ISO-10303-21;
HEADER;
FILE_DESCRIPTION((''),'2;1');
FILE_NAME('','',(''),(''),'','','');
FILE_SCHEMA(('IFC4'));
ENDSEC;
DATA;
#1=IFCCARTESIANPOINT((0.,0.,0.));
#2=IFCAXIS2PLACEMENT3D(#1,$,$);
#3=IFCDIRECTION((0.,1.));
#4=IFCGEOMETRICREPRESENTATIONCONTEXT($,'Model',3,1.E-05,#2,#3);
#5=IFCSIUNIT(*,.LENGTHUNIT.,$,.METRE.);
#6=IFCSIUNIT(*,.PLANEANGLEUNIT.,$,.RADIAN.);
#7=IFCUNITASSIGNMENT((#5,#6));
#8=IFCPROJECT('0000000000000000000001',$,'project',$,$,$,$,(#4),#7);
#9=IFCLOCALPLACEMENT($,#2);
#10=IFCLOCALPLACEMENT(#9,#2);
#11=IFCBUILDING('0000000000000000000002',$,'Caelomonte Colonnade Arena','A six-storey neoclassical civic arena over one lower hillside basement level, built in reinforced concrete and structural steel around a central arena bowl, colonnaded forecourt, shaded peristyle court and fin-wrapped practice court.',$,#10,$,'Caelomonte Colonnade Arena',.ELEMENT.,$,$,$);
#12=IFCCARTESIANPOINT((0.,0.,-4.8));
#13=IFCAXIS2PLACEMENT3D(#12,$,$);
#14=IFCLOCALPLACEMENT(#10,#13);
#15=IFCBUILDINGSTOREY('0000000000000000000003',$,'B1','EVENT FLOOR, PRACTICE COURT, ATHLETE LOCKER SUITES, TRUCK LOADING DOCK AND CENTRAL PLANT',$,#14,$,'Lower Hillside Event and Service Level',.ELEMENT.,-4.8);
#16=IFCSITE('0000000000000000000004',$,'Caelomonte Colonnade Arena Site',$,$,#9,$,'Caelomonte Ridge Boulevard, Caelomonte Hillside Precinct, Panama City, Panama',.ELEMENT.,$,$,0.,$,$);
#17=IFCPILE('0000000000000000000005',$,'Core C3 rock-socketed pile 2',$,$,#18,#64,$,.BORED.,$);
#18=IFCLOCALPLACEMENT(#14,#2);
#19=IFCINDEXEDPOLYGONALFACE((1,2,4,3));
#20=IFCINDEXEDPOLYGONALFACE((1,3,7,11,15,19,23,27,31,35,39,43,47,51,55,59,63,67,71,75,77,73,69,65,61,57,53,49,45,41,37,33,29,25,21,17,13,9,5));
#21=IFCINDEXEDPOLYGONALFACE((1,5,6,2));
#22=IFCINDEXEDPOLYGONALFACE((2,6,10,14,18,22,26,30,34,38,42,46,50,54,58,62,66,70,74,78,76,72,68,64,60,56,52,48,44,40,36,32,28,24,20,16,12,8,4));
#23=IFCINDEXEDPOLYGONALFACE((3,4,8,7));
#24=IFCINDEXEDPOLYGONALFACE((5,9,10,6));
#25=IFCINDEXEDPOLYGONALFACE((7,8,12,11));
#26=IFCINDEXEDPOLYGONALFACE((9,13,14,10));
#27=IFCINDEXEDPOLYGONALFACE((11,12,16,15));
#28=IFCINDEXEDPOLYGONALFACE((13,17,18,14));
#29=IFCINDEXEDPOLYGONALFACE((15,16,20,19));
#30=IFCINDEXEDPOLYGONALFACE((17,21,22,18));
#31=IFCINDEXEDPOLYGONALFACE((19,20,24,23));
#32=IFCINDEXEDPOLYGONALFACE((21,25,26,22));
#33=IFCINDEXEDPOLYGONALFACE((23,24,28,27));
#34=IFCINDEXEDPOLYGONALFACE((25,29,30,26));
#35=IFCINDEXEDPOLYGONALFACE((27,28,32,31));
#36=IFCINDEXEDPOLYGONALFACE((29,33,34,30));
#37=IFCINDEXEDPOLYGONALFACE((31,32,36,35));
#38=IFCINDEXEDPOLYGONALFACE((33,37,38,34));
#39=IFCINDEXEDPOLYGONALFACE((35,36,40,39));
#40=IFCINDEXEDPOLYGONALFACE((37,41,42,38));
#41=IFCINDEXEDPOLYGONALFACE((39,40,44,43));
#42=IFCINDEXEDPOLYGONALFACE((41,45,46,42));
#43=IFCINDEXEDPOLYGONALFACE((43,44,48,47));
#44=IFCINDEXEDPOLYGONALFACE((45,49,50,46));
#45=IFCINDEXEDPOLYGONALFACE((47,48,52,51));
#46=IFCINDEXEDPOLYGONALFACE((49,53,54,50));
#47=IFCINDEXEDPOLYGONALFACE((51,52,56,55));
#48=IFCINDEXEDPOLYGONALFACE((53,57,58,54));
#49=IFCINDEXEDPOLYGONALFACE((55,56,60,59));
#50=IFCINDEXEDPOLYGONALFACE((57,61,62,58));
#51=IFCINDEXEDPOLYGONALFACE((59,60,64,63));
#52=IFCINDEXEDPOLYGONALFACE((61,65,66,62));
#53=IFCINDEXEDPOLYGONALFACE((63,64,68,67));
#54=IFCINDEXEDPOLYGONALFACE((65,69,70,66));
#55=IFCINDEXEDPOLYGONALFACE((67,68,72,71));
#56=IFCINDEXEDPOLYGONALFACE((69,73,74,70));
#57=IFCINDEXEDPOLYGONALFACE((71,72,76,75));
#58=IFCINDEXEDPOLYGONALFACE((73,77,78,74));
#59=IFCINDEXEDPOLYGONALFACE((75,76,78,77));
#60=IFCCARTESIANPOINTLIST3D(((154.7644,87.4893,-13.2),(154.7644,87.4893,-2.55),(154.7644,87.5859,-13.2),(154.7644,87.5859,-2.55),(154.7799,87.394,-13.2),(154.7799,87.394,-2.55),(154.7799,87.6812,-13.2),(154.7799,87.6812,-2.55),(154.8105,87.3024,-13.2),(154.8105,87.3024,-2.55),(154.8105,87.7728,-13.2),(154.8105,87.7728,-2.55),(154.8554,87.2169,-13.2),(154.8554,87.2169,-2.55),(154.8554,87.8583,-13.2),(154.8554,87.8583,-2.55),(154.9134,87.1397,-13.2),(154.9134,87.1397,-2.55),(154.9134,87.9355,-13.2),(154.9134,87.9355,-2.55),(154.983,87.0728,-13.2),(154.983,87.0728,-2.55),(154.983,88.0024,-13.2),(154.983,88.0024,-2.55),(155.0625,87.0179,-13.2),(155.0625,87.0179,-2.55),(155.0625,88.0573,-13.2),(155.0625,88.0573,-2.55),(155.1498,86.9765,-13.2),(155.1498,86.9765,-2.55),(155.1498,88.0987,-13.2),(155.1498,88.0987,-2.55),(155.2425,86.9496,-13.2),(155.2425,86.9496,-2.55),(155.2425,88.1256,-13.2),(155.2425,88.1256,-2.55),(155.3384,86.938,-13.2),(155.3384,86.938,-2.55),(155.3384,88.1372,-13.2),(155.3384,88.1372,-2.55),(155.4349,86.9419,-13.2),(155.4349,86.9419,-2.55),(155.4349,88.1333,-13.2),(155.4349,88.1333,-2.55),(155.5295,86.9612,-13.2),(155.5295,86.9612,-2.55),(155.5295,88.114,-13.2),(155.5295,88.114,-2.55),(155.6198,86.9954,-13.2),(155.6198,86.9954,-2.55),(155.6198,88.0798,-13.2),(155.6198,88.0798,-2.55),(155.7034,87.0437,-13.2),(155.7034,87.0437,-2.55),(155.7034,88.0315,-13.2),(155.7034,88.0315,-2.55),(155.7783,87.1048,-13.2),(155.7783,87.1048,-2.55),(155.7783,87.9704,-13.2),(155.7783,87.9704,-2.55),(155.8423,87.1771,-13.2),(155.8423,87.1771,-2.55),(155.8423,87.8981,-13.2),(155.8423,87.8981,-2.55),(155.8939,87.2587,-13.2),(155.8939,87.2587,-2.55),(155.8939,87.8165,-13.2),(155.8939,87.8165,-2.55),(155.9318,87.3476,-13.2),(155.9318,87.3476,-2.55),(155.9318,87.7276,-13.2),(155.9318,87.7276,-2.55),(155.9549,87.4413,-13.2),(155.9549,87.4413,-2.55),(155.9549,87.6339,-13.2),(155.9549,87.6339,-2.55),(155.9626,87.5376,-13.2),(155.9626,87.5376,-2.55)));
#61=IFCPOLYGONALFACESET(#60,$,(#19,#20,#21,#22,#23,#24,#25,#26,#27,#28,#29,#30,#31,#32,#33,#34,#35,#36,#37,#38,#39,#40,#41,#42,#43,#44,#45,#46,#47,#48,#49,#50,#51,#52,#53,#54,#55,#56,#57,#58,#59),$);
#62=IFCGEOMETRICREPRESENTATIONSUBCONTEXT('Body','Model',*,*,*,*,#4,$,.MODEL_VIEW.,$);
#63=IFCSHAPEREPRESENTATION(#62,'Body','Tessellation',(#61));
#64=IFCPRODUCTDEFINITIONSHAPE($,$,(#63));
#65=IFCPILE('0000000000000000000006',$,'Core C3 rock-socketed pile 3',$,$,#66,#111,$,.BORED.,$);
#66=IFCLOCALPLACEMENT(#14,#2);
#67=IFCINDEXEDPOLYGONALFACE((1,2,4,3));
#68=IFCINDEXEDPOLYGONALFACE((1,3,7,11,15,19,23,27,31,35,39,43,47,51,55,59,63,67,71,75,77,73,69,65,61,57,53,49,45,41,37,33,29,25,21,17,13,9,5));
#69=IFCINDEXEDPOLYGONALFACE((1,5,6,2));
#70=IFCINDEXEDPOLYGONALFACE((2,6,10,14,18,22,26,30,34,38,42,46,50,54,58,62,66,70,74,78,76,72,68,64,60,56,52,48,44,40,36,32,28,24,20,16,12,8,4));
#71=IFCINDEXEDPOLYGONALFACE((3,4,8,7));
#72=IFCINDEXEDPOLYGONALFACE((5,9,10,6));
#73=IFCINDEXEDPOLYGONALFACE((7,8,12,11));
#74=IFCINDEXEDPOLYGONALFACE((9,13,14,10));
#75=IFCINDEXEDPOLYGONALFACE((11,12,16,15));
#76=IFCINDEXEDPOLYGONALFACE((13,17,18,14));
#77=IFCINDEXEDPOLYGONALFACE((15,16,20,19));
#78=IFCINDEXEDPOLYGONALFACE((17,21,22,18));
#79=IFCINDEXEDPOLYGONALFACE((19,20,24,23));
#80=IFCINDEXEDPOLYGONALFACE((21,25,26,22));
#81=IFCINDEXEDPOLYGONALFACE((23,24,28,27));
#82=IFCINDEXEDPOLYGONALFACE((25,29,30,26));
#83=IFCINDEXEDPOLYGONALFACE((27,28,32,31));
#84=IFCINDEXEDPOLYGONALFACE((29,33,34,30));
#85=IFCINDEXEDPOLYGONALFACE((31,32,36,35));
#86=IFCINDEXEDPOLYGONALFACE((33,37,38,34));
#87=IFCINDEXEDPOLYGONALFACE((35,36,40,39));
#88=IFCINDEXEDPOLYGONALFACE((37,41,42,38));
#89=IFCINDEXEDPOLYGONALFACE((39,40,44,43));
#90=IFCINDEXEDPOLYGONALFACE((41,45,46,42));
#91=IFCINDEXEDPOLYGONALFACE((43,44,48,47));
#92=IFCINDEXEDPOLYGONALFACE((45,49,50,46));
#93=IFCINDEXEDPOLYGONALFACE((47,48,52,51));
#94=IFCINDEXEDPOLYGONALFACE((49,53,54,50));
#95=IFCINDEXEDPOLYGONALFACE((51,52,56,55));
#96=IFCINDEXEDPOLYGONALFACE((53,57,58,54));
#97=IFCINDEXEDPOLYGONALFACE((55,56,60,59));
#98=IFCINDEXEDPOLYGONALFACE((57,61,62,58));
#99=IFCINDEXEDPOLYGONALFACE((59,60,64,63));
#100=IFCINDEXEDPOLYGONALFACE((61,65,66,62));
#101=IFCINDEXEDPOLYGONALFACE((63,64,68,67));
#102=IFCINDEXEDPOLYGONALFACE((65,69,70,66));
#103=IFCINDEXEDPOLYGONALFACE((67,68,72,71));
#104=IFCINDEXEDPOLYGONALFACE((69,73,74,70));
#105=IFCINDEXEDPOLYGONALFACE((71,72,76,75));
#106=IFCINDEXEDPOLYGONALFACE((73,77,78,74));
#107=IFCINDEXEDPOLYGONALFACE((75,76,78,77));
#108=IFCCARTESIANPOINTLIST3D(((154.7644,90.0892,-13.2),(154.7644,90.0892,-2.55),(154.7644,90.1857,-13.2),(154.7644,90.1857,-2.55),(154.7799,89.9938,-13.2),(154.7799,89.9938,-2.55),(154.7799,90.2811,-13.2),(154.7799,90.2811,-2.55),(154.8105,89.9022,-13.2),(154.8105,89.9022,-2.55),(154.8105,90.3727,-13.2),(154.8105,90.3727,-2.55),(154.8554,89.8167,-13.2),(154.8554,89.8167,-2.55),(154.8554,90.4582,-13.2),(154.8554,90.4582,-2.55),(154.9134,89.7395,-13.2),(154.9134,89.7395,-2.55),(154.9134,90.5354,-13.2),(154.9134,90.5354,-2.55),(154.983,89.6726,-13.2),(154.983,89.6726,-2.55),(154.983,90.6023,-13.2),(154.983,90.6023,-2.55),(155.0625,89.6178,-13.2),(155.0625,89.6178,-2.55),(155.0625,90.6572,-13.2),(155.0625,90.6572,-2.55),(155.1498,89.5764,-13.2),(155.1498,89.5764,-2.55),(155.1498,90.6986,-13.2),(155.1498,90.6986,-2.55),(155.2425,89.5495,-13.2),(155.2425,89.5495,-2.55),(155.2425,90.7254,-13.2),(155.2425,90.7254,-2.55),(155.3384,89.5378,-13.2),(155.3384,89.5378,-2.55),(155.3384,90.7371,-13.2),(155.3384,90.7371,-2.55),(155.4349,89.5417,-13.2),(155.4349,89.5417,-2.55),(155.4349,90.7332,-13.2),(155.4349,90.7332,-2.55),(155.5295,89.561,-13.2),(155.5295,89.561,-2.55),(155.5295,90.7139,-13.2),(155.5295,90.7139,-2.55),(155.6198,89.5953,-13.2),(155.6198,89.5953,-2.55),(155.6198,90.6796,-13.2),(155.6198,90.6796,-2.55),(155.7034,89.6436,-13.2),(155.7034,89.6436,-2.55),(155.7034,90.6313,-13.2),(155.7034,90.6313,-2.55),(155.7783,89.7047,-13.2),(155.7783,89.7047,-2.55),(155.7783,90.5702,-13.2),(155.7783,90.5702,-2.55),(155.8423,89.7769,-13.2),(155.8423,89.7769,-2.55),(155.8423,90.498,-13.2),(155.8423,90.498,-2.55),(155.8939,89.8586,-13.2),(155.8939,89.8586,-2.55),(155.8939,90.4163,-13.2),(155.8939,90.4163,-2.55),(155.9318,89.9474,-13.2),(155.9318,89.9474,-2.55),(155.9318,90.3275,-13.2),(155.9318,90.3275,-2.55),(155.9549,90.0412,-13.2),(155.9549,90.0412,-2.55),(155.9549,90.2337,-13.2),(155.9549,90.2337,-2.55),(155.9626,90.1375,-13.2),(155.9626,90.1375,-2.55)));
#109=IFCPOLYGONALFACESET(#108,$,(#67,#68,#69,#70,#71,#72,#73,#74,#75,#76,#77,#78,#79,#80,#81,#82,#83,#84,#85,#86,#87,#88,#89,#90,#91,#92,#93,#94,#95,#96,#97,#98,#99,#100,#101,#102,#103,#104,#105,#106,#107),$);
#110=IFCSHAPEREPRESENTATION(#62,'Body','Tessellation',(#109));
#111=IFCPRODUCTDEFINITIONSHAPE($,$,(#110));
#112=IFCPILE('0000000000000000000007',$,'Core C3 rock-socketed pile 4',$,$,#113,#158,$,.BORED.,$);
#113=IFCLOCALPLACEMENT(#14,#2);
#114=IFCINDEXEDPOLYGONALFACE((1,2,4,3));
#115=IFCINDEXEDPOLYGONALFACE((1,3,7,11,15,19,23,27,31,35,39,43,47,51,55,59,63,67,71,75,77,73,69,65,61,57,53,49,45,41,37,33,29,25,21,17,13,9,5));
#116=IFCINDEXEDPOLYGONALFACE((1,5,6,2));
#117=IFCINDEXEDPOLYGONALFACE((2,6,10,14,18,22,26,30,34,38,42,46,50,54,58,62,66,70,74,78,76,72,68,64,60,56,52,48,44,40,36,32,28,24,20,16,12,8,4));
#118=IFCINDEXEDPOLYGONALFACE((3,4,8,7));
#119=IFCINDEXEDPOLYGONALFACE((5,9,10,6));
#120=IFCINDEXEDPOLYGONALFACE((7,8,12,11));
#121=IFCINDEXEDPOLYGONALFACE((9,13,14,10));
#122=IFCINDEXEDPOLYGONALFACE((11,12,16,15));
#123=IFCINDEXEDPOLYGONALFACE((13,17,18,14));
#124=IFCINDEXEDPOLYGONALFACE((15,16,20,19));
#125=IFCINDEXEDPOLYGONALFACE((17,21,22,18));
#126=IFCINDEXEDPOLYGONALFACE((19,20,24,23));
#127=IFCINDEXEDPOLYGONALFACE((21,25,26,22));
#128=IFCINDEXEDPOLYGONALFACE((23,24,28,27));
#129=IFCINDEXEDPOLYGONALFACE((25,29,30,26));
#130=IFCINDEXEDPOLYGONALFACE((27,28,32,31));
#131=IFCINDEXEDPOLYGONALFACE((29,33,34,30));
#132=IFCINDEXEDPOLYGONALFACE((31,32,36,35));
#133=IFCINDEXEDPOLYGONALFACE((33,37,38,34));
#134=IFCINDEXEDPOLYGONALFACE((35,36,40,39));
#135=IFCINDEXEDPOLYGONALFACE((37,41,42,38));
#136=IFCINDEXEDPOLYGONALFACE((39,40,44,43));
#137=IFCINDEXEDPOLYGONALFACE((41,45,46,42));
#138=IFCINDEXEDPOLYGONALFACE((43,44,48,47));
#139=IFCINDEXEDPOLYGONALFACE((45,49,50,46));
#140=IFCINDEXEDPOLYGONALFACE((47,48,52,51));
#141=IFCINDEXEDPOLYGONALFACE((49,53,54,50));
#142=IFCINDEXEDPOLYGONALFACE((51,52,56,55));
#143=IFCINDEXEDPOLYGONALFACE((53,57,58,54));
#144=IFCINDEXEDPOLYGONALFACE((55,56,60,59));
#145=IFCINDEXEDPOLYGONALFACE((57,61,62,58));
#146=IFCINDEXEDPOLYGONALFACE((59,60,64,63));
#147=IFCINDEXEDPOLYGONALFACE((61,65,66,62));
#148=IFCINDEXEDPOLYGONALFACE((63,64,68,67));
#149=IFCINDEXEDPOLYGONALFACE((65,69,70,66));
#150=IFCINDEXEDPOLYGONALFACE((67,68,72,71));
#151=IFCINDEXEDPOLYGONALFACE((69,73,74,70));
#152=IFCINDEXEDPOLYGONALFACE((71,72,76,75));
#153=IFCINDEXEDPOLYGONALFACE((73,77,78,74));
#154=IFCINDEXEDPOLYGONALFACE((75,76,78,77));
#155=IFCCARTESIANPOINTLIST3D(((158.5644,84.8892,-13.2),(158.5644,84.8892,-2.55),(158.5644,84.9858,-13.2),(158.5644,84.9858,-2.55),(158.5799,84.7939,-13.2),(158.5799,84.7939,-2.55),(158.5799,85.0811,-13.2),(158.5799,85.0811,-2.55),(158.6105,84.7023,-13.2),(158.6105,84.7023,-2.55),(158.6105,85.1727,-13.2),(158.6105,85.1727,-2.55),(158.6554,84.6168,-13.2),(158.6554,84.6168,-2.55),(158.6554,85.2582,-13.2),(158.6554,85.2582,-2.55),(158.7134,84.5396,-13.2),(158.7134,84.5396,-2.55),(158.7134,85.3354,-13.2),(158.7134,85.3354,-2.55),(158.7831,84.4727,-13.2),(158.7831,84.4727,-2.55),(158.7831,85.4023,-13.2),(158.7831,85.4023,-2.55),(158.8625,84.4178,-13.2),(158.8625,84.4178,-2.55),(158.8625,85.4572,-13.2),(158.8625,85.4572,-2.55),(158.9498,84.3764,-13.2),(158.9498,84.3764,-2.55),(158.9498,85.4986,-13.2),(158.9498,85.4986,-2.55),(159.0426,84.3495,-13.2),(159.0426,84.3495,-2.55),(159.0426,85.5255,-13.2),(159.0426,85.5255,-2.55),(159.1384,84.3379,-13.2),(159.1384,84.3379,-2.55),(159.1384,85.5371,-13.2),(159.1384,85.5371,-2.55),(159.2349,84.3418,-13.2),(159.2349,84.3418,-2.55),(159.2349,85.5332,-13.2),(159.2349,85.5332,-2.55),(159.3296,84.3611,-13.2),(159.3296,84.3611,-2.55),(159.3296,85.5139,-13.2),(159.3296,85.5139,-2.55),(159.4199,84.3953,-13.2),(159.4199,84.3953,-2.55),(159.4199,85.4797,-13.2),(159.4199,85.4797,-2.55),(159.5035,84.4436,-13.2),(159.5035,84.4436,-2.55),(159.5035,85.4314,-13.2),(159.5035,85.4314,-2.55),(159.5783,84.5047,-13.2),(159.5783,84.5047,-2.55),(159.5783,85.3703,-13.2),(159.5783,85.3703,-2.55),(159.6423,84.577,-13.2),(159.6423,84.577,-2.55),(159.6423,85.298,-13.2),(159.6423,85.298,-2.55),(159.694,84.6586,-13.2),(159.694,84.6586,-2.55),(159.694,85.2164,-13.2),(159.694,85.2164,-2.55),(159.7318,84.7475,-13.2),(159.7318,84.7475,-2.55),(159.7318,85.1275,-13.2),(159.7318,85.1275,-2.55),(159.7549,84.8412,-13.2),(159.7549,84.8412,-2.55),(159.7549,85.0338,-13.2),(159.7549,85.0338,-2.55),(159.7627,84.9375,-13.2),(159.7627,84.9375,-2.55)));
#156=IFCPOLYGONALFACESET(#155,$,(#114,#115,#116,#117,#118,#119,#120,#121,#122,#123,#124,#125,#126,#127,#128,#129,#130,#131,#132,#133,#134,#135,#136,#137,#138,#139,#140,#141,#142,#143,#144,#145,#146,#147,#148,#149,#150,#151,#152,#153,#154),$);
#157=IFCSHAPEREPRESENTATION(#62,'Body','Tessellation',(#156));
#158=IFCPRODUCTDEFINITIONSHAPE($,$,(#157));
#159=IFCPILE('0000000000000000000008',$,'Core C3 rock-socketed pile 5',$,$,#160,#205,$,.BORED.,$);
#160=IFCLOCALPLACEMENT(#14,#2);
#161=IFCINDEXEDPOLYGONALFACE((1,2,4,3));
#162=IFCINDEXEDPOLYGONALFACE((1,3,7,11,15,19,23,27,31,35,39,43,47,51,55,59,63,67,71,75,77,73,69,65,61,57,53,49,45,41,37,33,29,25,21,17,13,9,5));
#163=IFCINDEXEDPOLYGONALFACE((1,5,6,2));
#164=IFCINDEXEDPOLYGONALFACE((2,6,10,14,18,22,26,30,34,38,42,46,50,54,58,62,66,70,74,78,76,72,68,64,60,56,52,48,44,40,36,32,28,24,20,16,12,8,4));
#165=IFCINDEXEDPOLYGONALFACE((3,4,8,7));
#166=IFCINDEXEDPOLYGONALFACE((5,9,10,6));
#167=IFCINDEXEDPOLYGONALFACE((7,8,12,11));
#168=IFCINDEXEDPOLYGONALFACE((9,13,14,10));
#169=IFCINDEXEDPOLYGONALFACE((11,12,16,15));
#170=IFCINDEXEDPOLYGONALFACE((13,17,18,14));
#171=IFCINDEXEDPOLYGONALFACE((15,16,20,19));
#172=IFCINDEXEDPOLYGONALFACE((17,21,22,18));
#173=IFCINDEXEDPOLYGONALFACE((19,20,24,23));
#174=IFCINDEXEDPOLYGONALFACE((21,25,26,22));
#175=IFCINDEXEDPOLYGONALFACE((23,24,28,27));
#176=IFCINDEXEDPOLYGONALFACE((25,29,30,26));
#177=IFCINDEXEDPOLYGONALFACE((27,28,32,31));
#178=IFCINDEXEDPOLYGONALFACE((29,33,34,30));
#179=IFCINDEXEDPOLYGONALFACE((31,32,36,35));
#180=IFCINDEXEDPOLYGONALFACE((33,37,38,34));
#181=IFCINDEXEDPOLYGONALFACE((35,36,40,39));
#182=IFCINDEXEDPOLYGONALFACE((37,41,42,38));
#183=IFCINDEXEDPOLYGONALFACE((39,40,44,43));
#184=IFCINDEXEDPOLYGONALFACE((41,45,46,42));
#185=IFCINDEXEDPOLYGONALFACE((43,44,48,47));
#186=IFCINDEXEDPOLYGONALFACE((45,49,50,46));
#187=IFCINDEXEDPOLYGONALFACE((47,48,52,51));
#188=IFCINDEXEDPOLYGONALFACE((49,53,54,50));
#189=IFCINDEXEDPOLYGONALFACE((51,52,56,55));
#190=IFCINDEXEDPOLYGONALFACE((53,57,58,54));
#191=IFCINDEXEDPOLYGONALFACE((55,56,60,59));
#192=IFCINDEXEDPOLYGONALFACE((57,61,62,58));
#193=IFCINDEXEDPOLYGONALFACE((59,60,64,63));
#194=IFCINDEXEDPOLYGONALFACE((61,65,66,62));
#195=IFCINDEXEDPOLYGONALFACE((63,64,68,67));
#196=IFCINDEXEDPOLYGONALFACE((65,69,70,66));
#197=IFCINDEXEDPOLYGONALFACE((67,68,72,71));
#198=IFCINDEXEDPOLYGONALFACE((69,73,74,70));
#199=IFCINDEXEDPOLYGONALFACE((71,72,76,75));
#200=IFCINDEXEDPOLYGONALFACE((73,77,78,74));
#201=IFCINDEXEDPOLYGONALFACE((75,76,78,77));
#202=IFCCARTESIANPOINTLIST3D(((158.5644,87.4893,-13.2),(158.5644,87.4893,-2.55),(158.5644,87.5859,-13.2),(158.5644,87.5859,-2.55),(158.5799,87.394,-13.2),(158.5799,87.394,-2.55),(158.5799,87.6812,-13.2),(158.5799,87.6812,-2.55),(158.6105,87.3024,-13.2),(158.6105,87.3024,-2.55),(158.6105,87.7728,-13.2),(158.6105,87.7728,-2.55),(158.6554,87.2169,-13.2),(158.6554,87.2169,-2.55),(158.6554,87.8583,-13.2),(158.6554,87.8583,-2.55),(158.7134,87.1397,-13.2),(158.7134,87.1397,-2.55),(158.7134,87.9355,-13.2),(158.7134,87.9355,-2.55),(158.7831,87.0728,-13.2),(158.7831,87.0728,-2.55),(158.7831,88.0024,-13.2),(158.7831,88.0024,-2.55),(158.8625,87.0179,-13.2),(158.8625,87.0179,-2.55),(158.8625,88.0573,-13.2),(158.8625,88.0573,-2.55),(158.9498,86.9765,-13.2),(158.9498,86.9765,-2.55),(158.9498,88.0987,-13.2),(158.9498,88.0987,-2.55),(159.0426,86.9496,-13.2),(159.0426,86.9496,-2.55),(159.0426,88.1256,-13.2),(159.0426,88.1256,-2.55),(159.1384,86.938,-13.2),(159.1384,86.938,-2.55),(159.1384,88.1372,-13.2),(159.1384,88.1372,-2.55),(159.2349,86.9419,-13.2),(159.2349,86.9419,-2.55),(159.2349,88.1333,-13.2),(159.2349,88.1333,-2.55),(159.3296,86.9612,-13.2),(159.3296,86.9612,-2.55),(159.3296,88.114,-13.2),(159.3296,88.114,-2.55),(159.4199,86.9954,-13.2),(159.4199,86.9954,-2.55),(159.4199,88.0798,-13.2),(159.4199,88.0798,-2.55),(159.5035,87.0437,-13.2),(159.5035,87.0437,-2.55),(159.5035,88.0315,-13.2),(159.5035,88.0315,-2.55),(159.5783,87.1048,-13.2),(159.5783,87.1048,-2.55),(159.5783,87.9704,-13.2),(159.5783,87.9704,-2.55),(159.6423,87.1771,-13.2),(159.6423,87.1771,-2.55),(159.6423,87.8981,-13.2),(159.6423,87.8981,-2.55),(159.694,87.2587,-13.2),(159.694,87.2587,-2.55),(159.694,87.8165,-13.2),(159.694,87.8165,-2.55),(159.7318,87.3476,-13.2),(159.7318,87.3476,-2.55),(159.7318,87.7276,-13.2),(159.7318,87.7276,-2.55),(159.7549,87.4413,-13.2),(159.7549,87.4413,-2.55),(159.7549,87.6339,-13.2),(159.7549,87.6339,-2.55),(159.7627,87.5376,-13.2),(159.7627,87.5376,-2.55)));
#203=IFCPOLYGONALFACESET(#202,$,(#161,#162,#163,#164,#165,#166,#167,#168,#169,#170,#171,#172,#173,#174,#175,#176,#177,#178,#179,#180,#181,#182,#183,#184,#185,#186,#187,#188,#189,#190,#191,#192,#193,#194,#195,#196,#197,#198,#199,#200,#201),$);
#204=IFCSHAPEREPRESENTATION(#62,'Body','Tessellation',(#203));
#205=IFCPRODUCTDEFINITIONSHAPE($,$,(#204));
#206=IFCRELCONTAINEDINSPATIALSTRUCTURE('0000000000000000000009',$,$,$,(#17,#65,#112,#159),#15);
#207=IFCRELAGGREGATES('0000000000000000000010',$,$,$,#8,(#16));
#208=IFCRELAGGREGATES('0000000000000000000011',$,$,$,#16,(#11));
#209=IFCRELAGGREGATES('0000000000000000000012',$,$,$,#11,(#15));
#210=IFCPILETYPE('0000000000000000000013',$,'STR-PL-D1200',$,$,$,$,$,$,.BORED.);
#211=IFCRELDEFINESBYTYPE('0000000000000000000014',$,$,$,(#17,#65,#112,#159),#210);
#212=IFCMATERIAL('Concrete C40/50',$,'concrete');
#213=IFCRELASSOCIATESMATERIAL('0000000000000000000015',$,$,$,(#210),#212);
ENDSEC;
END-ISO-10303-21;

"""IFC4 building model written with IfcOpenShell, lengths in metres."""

from ifc_helpers import new_model, si_unit, direction, frame, origin, origin_2d, place, context, subcontext, project, spatial, circle, extrude, material, material_profile, profile_set, type_object, element, save


model = new_model("IFC4")

# Units and contexts
model_context = context("Model", 3, precision=1e-05, world=origin(), true_north=direction((0.0, 1.0)))
body_context = subcontext(model_context, "Body", "Model", "MODEL_VIEW")
ifc_project = project(units=[si_unit("LENGTHUNIT", "METRE"), si_unit("PLANEANGLEUNIT", "RADIAN")], contexts=[model_context])

# Site, building, storey
site_placement = place(None, origin())
site = spatial("IfcSite", under=ifc_project, at=site_placement, Name="Caelomonte Colonnade Arena Site", LongName="Caelomonte Ridge Boulevard, Caelomonte Hillside Precinct, Panama City, Panama", CompositionType="ELEMENT", RefElevation=0.0)
building_placement = place(site_placement, origin())
building = spatial("IfcBuilding", under=site, at=building_placement, Name="Caelomonte Colonnade Arena", Description="A six-storey neoclassical civic arena over one lower hillside basement level, built in reinforced concrete and structural steel around a central arena bowl, colonnaded forecourt, shaded peristyle court and fin-wrapped practice court.", LongName="Caelomonte Colonnade Arena", CompositionType="ELEMENT")
storey_placement = place(building_placement, frame((0.0, 0.0, -4.8)))
storey = spatial("IfcBuildingStorey", under=building, at=storey_placement, Name="B1", Description="EVENT FLOOR, PRACTICE COURT, ATHLETE LOCKER SUITES, TRUCK LOADING DOCK AND CENTRAL PLANT", LongName="Lower Hillside Event and Service Level", CompositionType="ELEMENT", Elevation=-4.8)

# Shared definitions
ifc_material_1 = material(Name="Concrete C40/50", Category="concrete")

# Piles
ifc_material_profile_1 = material_profile(ifc_material_1, circle(Radius=0.6001, at=origin_2d()), Name="PILE-D1200")
ifc_profile_set_1 = profile_set([ifc_material_profile_1], Name="Concrete C40/50")
pile_type_1 = type_object("IfcPileType", Name="STR-PL-D1200", PredefinedType="BORED", material=ifc_profile_set_1)
for number, where, z_axis, x_axis, name in (
    (1, (155.3625, 87.5376, -2.55), (0.0, 0.0, -1.0), (1.0, 0.0, 0.0), "Core C3 rock-socketed pile 2"),
    (2, (155.3625, 90.1375, -2.55), (0.0, 0.0, -1.0), (1.0, 0.0, 0.0), "Core C3 rock-socketed pile 3"),
    (3, (159.1626, 84.9375, -2.55), (0.0, 0.0, -1.0), (1.0, 0.0, 0.0), "Core C3 rock-socketed pile 4"),
    (4, (159.1626, 87.5376, -2.55), (0.0, 0.0, -1.0), (1.0, 0.0, 0.0), "Core C3 rock-socketed pile 5"),
):
    element("IfcPile", number, at=place(storey_placement, frame(where, z_axis=z_axis, x_axis=x_axis)), inside=storey, type_object=pile_type_1, Name=name, PredefinedType="BORED", context=body_context, shape_type="SweptSolid", body=[
        extrude(circle(Radius=0.6001, at=origin_2d()), origin(), (0.0, 0.0, 1.0), 10.6499),
    ])

save(model, "model.ifc")
